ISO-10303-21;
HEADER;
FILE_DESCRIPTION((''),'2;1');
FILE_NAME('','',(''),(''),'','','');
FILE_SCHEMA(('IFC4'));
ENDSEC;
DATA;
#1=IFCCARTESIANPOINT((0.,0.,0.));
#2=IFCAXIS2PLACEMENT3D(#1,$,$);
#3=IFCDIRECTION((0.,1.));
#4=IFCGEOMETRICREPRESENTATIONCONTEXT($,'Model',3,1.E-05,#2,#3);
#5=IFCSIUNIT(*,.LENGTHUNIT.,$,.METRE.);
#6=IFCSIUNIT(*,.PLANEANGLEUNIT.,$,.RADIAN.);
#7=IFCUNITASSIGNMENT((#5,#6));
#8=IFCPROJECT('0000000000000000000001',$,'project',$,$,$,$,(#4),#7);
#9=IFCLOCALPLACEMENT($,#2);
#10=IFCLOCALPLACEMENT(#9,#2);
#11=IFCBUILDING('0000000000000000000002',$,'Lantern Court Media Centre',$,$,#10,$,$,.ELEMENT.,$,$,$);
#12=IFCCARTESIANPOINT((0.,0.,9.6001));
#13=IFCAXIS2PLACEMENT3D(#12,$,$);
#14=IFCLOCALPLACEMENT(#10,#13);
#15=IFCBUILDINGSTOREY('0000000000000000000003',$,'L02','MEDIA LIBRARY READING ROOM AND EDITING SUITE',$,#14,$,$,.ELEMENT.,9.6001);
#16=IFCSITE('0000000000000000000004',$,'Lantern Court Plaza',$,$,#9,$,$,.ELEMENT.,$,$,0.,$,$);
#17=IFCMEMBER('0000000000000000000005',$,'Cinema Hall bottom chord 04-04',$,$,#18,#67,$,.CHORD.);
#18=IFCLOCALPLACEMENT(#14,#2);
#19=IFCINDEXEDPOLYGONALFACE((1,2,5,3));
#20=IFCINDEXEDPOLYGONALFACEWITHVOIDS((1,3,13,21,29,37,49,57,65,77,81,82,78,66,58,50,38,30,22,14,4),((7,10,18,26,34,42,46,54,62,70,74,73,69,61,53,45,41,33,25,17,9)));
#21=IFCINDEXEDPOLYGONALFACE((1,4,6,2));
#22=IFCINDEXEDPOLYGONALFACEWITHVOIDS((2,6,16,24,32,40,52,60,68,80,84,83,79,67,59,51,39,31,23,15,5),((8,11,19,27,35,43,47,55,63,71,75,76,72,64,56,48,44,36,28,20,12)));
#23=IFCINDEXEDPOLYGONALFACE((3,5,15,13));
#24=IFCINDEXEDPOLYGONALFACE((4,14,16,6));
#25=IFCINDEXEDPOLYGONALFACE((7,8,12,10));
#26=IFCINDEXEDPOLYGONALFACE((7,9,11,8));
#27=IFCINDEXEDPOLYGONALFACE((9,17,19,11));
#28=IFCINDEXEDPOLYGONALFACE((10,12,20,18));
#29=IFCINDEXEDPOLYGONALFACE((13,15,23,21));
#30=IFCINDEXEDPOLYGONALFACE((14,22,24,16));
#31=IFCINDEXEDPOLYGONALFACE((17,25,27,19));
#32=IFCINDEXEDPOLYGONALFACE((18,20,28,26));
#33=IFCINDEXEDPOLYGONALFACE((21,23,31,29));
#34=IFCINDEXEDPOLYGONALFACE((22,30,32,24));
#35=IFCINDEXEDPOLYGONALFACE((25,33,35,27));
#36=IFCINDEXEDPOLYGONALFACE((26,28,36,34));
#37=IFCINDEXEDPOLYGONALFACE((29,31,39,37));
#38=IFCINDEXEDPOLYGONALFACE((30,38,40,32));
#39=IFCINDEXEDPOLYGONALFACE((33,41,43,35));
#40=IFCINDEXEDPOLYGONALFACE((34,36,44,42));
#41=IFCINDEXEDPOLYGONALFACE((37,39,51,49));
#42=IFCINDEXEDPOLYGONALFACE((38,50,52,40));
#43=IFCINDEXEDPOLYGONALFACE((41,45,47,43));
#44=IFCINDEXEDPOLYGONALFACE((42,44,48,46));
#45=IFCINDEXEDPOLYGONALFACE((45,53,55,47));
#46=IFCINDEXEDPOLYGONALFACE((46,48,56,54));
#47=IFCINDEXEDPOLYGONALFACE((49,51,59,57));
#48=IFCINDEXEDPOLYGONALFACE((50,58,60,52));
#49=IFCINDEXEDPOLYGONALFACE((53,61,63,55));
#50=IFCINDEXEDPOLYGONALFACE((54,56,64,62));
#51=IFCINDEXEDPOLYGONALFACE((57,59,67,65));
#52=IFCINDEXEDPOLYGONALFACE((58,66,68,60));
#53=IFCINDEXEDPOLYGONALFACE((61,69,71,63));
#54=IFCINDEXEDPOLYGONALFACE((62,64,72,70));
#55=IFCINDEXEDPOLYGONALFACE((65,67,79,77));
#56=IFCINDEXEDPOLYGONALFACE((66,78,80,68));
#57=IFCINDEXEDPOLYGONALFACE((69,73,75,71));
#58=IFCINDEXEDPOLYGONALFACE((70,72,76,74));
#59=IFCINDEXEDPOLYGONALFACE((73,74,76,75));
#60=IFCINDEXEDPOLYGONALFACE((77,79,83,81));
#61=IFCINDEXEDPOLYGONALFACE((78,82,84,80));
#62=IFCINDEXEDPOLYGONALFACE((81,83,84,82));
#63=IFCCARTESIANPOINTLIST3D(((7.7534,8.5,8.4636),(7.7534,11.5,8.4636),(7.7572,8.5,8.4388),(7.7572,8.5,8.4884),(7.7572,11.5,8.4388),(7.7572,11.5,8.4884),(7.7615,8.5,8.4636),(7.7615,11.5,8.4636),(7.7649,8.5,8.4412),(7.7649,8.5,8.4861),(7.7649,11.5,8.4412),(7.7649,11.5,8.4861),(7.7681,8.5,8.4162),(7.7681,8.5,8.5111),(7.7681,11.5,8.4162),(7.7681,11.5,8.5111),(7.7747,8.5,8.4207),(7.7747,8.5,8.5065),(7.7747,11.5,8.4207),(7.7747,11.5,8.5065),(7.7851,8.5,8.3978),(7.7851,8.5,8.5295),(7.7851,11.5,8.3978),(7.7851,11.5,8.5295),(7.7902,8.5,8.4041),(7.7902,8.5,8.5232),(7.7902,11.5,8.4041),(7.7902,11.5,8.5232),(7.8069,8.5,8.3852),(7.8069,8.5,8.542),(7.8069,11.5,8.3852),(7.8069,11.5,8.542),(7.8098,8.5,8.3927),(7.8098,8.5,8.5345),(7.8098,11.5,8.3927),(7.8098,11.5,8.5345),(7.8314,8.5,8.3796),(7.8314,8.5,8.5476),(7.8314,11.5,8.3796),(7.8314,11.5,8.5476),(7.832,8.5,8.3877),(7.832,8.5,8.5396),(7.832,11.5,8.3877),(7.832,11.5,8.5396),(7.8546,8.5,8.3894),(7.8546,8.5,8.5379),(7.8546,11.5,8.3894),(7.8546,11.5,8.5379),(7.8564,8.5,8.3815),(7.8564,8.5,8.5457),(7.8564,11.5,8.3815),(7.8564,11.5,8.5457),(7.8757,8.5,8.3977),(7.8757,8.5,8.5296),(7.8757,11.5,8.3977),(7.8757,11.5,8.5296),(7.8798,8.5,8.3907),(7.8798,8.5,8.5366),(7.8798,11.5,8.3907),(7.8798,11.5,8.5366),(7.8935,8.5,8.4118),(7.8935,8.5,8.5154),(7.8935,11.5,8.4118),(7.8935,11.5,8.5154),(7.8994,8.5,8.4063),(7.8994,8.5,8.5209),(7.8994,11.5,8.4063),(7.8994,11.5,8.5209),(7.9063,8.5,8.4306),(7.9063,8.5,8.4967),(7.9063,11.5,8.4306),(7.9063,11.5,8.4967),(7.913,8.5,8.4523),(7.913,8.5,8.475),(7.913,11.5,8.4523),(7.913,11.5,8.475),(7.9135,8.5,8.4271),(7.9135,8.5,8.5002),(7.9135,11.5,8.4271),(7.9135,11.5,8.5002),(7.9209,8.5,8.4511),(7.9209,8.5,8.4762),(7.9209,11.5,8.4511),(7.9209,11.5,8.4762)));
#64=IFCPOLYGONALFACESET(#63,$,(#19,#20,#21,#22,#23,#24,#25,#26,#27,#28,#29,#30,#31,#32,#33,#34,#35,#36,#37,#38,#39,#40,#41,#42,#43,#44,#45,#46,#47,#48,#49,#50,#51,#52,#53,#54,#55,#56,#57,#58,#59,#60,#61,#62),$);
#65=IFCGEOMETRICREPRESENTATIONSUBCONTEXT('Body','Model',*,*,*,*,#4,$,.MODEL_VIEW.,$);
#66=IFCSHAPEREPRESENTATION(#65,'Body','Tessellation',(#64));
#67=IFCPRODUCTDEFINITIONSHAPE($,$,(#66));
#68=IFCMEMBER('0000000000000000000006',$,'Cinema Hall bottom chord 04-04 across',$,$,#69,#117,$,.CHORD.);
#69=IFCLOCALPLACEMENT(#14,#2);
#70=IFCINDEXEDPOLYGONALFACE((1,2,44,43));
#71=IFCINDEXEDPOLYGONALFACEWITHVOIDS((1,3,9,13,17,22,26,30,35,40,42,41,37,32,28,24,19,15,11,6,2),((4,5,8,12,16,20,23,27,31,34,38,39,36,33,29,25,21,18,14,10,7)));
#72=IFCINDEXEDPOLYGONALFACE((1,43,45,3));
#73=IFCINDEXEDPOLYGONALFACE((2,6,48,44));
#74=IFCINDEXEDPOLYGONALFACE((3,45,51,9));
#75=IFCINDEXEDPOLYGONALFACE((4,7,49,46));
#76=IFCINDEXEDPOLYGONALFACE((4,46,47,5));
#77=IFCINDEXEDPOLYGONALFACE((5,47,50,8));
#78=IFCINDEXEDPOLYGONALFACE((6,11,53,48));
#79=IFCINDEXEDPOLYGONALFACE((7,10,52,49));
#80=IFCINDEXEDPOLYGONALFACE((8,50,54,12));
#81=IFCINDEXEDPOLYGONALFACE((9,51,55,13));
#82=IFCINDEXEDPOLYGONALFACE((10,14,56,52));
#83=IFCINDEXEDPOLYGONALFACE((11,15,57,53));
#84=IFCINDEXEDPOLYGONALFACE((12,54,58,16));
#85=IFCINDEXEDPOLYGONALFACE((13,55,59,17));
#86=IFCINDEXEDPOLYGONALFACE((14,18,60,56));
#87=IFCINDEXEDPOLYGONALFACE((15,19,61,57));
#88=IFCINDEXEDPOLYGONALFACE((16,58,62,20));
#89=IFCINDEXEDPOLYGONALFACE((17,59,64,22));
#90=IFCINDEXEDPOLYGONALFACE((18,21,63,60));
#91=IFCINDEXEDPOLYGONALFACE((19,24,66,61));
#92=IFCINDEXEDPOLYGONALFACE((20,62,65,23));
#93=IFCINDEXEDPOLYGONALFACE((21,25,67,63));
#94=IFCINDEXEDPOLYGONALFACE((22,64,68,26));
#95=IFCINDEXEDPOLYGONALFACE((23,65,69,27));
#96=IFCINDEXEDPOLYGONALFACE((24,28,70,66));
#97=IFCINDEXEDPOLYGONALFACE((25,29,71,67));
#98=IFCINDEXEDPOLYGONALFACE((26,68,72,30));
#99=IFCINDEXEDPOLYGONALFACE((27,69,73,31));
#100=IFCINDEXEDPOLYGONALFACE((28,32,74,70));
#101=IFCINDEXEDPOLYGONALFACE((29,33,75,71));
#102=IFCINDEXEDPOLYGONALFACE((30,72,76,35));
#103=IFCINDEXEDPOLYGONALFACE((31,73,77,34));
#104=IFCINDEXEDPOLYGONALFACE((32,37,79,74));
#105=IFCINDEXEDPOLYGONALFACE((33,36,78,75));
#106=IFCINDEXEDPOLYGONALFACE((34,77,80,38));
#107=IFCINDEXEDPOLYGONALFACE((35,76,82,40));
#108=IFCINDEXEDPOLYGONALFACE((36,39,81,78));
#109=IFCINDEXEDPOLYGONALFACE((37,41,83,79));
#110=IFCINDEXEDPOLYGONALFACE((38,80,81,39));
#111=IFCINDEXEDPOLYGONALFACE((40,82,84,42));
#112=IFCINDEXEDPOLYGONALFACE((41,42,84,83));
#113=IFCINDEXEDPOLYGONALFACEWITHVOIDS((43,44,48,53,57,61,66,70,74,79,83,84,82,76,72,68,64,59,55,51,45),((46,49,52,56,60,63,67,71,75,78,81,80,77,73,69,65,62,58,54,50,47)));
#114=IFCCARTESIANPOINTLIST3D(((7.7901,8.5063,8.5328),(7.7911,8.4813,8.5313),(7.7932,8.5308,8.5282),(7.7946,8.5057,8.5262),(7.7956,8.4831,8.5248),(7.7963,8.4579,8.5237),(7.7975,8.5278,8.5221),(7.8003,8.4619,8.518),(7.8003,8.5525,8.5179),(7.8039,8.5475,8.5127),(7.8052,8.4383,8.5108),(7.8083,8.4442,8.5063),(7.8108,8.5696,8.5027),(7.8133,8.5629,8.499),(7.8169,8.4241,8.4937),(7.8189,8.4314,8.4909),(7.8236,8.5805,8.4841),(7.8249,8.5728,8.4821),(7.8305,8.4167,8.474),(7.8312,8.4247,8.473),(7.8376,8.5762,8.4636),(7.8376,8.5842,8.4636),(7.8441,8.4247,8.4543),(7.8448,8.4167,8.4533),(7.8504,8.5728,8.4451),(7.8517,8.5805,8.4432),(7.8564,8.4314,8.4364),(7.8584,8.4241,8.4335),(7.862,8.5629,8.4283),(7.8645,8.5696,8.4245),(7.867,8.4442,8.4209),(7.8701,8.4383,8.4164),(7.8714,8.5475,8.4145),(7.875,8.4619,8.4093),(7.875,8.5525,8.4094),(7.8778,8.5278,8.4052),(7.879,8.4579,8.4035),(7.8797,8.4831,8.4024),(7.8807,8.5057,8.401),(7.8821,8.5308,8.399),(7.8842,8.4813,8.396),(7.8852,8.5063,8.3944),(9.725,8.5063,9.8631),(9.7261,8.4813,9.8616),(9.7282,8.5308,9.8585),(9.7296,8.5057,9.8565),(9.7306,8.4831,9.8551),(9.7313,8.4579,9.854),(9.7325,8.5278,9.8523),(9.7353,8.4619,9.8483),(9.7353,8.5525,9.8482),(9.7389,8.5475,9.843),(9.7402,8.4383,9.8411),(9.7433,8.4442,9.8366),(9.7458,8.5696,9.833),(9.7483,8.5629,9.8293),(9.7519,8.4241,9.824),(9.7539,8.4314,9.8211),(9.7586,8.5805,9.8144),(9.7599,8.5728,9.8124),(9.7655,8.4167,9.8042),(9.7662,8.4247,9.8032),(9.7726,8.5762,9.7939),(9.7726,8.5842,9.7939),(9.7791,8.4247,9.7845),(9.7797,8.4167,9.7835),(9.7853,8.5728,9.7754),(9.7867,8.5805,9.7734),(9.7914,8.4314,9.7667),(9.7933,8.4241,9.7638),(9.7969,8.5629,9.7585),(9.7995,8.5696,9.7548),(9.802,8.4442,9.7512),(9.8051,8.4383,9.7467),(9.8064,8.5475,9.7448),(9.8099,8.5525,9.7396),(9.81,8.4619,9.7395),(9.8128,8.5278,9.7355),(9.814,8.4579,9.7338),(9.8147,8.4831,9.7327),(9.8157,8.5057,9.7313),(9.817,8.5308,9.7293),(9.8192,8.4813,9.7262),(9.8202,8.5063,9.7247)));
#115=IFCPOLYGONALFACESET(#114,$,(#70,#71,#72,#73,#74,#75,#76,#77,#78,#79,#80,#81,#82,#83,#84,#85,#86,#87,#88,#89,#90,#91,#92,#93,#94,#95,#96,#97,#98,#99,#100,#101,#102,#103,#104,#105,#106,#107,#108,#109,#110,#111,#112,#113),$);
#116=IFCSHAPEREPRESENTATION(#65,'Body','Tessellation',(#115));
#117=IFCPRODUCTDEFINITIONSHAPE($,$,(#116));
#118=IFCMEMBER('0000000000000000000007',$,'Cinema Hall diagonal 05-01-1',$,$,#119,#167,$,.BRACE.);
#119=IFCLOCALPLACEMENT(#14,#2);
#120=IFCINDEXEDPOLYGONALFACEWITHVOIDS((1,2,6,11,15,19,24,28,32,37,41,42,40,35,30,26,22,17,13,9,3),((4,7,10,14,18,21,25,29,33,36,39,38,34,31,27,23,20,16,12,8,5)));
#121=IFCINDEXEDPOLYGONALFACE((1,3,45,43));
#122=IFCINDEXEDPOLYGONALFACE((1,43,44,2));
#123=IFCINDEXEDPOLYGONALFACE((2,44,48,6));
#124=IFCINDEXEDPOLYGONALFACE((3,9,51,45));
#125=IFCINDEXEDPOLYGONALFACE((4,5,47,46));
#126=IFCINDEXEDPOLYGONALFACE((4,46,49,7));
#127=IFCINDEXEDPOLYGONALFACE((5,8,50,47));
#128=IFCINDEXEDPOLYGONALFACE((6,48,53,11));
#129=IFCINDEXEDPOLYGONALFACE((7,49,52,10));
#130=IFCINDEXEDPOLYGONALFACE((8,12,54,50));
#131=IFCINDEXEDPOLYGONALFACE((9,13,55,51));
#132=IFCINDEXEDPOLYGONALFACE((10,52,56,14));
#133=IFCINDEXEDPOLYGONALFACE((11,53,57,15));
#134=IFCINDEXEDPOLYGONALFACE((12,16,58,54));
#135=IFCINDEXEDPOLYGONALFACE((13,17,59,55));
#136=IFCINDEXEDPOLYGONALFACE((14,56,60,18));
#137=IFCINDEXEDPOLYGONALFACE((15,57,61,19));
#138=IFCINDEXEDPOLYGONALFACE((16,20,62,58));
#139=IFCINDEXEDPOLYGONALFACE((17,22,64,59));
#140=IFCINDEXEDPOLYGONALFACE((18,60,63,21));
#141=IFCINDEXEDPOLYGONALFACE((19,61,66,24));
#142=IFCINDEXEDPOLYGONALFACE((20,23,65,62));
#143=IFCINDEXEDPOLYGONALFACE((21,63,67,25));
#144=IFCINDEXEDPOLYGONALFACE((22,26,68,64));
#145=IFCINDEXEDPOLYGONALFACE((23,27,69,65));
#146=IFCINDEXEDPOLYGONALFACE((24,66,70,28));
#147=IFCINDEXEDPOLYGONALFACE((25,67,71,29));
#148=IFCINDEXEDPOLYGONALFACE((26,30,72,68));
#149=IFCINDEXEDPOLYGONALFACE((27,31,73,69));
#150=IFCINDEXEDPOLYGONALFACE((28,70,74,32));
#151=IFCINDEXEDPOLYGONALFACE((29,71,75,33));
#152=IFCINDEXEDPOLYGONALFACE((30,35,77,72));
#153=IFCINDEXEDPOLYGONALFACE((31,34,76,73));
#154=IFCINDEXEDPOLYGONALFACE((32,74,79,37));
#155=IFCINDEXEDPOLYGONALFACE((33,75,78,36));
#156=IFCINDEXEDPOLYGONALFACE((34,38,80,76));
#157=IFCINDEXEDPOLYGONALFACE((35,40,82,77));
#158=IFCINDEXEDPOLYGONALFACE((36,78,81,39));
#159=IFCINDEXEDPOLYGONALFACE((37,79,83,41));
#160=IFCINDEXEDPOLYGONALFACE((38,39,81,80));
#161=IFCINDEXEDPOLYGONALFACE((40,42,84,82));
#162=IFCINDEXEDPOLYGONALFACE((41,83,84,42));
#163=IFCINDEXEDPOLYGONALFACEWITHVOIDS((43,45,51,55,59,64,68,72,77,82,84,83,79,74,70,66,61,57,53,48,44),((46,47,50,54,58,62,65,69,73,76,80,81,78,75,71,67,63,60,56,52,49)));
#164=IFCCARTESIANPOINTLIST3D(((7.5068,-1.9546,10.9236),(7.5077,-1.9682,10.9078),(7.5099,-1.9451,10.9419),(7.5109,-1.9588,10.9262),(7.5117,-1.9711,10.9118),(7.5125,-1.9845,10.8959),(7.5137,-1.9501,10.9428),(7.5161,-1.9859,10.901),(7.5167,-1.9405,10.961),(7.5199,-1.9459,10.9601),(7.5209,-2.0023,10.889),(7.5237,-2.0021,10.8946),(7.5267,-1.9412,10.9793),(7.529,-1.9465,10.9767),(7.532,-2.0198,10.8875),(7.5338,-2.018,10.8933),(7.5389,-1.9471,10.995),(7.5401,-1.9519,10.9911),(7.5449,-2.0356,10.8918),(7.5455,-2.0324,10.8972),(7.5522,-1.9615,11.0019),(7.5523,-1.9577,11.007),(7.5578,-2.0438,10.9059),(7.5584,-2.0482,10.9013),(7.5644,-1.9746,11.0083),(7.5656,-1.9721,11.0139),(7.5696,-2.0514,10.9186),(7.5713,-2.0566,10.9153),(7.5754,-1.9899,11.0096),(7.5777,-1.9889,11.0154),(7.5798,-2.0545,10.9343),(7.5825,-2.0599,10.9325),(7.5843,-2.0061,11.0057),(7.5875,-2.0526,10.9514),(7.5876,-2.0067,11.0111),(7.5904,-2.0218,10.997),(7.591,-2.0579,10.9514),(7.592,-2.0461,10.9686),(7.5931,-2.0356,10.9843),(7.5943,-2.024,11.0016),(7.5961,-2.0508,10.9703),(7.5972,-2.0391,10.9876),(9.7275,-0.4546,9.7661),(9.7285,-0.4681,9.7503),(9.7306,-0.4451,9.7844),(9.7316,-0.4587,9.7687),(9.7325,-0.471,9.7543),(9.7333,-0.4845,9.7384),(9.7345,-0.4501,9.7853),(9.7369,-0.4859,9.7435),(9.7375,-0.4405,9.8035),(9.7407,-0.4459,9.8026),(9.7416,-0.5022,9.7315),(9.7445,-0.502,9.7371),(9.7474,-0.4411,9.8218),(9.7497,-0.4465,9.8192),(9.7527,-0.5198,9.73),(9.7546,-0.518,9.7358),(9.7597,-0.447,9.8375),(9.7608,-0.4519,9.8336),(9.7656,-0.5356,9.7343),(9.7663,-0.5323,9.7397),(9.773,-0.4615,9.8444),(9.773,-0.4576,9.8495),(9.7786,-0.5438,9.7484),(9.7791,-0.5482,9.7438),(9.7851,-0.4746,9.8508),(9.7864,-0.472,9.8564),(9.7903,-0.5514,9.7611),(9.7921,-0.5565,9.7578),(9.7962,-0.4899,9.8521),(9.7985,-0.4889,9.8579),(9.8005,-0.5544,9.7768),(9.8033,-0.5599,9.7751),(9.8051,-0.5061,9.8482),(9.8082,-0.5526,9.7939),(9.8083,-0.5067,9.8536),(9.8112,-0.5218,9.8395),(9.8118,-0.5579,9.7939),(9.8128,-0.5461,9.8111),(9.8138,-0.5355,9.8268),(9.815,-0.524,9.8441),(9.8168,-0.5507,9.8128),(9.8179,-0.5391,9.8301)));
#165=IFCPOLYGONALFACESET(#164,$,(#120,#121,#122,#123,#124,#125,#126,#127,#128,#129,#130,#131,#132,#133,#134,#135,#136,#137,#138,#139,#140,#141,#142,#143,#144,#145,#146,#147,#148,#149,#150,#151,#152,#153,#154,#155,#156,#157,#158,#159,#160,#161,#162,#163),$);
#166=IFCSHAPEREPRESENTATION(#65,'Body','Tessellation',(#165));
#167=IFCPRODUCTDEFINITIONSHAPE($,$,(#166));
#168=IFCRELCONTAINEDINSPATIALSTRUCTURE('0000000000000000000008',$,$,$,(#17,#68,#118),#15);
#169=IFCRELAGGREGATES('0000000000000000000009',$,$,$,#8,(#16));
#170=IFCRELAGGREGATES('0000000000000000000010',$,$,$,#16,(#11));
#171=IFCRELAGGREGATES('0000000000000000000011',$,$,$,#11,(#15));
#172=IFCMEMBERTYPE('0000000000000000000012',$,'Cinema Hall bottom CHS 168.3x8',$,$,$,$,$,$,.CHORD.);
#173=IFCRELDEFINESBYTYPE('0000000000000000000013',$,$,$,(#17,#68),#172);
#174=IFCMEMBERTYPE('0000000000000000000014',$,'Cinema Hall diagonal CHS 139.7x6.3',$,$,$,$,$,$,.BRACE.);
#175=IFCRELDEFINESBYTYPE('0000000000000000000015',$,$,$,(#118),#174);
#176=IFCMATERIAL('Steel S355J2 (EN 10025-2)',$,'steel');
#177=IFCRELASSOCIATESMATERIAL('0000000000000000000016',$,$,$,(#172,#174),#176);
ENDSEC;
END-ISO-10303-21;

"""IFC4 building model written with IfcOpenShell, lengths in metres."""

from ifc_helpers import new_model, si_unit, direction, frame, origin, origin_2d, place, context, subcontext, project, spatial, hollow_circle, extrude, material, material_profile, profile_set, type_object, element, save


model = new_model("IFC4")

# Units and contexts
model_context = context("Model", 3, precision=1e-05, world=origin(), true_north=direction((0.0, 1.0)))
body_context = subcontext(model_context, "Body", "Model", "MODEL_VIEW")
ifc_project = project(units=[si_unit("LENGTHUNIT", "METRE"), si_unit("PLANEANGLEUNIT", "RADIAN")], contexts=[model_context])

# Site, building, storey
site_placement = place(None, origin())
site = spatial("IfcSite", under=ifc_project, at=site_placement, Name="Lantern Court Plaza", CompositionType="ELEMENT", RefElevation=0.0)
building_placement = place(site_placement, origin())
building = spatial("IfcBuilding", under=site, at=building_placement, Name="Lantern Court Media Centre", CompositionType="ELEMENT")
storey_placement = place(building_placement, frame((0.0, 0.0, 9.6001)))
storey = spatial("IfcBuildingStorey", under=building, at=storey_placement, Name="L02", Description="MEDIA LIBRARY READING ROOM AND EDITING SUITE", CompositionType="ELEMENT", Elevation=9.6001)

# Members
ifc_material = material(Name="Steel S355J2 (EN 10025-2)", Category="steel")
ifc_material_profile_1 = material_profile(ifc_material, hollow_circle(Radius=0.0842, WallThickness=0.0081, at=origin_2d()), Name="Cinema Hall bottom CHS 168.3x8")
ifc_profile_set_1 = profile_set([ifc_material_profile_1], Name="Steel S355J2 (EN 10025-2)")
member_type_1 = type_object("IfcMemberType", Name="Cinema Hall bottom CHS 168.3x8", PredefinedType="CHORD", material=ifc_profile_set_1)
member_1_placement = place(storey_placement, frame((7.8376, 8.5, 8.4636), z_axis=(0.0, 1.0, 0.0), x_axis=(-1.0, 0.0, 0.0)))
element("IfcMember", 1, at=member_1_placement, inside=storey, type_object=member_type_1, Name="Cinema Hall bottom chord 04-04", PredefinedType="CHORD", context=body_context, shape_type="SweptSolid", body=[
    extrude(hollow_circle(Radius=0.0842, WallThickness=0.0081, at=origin_2d()), origin(), (0.0, 0.0, 1.0), 3.0),
])
member_2_placement = place(storey_placement, frame((7.8376, 8.5, 8.4636), z_axis=(0.824048, 0.0, 0.56652), x_axis=(0.0, 1.0, 0.0)))
element("IfcMember", 2, at=member_2_placement, inside=storey, type_object=member_type_1, Name="Cinema Hall bottom chord 04-04 across", PredefinedType="CHORD", context=body_context, shape_type="SweptSolid", body=[
    extrude(hollow_circle(Radius=0.0842, WallThickness=0.0081, at=origin_2d()), origin(), (0.0, 0.0, 1.0), 2.3481),
])
ifc_material_profile_2 = material_profile(ifc_material, hollow_circle(Radius=0.0698, WallThickness=0.0063, at=origin_2d()), Name="Cinema Hall diagonal CHS 139.7x6.3")
ifc_profile_set_2 = profile_set([ifc_material_profile_2], Name="Steel S355J2 (EN 10025-2)")
member_type_2 = type_object("IfcMemberType", Name="Cinema Hall diagonal CHS 139.7x6.3", PredefinedType="BRACE", material=ifc_profile_set_2)
member_3_placement = place(storey_placement, frame((9.7727, -0.5, 9.7939), z_axis=(-0.760744, -0.513854, 0.396514), x_axis=(0.559736, -0.828671, 0.0)))
element("IfcMember", 3, at=member_3_placement, inside=storey, type_object=member_type_2, Name="Cinema Hall diagonal 05-01-1", PredefinedType="BRACE", context=body_context, shape_type="SweptSolid", body=[
    extrude(hollow_circle(Radius=0.0698, WallThickness=0.0063, at=origin_2d()), origin(), (0.0, 0.0, 1.0), 2.9192),
])

save(model, "model.ifc")
